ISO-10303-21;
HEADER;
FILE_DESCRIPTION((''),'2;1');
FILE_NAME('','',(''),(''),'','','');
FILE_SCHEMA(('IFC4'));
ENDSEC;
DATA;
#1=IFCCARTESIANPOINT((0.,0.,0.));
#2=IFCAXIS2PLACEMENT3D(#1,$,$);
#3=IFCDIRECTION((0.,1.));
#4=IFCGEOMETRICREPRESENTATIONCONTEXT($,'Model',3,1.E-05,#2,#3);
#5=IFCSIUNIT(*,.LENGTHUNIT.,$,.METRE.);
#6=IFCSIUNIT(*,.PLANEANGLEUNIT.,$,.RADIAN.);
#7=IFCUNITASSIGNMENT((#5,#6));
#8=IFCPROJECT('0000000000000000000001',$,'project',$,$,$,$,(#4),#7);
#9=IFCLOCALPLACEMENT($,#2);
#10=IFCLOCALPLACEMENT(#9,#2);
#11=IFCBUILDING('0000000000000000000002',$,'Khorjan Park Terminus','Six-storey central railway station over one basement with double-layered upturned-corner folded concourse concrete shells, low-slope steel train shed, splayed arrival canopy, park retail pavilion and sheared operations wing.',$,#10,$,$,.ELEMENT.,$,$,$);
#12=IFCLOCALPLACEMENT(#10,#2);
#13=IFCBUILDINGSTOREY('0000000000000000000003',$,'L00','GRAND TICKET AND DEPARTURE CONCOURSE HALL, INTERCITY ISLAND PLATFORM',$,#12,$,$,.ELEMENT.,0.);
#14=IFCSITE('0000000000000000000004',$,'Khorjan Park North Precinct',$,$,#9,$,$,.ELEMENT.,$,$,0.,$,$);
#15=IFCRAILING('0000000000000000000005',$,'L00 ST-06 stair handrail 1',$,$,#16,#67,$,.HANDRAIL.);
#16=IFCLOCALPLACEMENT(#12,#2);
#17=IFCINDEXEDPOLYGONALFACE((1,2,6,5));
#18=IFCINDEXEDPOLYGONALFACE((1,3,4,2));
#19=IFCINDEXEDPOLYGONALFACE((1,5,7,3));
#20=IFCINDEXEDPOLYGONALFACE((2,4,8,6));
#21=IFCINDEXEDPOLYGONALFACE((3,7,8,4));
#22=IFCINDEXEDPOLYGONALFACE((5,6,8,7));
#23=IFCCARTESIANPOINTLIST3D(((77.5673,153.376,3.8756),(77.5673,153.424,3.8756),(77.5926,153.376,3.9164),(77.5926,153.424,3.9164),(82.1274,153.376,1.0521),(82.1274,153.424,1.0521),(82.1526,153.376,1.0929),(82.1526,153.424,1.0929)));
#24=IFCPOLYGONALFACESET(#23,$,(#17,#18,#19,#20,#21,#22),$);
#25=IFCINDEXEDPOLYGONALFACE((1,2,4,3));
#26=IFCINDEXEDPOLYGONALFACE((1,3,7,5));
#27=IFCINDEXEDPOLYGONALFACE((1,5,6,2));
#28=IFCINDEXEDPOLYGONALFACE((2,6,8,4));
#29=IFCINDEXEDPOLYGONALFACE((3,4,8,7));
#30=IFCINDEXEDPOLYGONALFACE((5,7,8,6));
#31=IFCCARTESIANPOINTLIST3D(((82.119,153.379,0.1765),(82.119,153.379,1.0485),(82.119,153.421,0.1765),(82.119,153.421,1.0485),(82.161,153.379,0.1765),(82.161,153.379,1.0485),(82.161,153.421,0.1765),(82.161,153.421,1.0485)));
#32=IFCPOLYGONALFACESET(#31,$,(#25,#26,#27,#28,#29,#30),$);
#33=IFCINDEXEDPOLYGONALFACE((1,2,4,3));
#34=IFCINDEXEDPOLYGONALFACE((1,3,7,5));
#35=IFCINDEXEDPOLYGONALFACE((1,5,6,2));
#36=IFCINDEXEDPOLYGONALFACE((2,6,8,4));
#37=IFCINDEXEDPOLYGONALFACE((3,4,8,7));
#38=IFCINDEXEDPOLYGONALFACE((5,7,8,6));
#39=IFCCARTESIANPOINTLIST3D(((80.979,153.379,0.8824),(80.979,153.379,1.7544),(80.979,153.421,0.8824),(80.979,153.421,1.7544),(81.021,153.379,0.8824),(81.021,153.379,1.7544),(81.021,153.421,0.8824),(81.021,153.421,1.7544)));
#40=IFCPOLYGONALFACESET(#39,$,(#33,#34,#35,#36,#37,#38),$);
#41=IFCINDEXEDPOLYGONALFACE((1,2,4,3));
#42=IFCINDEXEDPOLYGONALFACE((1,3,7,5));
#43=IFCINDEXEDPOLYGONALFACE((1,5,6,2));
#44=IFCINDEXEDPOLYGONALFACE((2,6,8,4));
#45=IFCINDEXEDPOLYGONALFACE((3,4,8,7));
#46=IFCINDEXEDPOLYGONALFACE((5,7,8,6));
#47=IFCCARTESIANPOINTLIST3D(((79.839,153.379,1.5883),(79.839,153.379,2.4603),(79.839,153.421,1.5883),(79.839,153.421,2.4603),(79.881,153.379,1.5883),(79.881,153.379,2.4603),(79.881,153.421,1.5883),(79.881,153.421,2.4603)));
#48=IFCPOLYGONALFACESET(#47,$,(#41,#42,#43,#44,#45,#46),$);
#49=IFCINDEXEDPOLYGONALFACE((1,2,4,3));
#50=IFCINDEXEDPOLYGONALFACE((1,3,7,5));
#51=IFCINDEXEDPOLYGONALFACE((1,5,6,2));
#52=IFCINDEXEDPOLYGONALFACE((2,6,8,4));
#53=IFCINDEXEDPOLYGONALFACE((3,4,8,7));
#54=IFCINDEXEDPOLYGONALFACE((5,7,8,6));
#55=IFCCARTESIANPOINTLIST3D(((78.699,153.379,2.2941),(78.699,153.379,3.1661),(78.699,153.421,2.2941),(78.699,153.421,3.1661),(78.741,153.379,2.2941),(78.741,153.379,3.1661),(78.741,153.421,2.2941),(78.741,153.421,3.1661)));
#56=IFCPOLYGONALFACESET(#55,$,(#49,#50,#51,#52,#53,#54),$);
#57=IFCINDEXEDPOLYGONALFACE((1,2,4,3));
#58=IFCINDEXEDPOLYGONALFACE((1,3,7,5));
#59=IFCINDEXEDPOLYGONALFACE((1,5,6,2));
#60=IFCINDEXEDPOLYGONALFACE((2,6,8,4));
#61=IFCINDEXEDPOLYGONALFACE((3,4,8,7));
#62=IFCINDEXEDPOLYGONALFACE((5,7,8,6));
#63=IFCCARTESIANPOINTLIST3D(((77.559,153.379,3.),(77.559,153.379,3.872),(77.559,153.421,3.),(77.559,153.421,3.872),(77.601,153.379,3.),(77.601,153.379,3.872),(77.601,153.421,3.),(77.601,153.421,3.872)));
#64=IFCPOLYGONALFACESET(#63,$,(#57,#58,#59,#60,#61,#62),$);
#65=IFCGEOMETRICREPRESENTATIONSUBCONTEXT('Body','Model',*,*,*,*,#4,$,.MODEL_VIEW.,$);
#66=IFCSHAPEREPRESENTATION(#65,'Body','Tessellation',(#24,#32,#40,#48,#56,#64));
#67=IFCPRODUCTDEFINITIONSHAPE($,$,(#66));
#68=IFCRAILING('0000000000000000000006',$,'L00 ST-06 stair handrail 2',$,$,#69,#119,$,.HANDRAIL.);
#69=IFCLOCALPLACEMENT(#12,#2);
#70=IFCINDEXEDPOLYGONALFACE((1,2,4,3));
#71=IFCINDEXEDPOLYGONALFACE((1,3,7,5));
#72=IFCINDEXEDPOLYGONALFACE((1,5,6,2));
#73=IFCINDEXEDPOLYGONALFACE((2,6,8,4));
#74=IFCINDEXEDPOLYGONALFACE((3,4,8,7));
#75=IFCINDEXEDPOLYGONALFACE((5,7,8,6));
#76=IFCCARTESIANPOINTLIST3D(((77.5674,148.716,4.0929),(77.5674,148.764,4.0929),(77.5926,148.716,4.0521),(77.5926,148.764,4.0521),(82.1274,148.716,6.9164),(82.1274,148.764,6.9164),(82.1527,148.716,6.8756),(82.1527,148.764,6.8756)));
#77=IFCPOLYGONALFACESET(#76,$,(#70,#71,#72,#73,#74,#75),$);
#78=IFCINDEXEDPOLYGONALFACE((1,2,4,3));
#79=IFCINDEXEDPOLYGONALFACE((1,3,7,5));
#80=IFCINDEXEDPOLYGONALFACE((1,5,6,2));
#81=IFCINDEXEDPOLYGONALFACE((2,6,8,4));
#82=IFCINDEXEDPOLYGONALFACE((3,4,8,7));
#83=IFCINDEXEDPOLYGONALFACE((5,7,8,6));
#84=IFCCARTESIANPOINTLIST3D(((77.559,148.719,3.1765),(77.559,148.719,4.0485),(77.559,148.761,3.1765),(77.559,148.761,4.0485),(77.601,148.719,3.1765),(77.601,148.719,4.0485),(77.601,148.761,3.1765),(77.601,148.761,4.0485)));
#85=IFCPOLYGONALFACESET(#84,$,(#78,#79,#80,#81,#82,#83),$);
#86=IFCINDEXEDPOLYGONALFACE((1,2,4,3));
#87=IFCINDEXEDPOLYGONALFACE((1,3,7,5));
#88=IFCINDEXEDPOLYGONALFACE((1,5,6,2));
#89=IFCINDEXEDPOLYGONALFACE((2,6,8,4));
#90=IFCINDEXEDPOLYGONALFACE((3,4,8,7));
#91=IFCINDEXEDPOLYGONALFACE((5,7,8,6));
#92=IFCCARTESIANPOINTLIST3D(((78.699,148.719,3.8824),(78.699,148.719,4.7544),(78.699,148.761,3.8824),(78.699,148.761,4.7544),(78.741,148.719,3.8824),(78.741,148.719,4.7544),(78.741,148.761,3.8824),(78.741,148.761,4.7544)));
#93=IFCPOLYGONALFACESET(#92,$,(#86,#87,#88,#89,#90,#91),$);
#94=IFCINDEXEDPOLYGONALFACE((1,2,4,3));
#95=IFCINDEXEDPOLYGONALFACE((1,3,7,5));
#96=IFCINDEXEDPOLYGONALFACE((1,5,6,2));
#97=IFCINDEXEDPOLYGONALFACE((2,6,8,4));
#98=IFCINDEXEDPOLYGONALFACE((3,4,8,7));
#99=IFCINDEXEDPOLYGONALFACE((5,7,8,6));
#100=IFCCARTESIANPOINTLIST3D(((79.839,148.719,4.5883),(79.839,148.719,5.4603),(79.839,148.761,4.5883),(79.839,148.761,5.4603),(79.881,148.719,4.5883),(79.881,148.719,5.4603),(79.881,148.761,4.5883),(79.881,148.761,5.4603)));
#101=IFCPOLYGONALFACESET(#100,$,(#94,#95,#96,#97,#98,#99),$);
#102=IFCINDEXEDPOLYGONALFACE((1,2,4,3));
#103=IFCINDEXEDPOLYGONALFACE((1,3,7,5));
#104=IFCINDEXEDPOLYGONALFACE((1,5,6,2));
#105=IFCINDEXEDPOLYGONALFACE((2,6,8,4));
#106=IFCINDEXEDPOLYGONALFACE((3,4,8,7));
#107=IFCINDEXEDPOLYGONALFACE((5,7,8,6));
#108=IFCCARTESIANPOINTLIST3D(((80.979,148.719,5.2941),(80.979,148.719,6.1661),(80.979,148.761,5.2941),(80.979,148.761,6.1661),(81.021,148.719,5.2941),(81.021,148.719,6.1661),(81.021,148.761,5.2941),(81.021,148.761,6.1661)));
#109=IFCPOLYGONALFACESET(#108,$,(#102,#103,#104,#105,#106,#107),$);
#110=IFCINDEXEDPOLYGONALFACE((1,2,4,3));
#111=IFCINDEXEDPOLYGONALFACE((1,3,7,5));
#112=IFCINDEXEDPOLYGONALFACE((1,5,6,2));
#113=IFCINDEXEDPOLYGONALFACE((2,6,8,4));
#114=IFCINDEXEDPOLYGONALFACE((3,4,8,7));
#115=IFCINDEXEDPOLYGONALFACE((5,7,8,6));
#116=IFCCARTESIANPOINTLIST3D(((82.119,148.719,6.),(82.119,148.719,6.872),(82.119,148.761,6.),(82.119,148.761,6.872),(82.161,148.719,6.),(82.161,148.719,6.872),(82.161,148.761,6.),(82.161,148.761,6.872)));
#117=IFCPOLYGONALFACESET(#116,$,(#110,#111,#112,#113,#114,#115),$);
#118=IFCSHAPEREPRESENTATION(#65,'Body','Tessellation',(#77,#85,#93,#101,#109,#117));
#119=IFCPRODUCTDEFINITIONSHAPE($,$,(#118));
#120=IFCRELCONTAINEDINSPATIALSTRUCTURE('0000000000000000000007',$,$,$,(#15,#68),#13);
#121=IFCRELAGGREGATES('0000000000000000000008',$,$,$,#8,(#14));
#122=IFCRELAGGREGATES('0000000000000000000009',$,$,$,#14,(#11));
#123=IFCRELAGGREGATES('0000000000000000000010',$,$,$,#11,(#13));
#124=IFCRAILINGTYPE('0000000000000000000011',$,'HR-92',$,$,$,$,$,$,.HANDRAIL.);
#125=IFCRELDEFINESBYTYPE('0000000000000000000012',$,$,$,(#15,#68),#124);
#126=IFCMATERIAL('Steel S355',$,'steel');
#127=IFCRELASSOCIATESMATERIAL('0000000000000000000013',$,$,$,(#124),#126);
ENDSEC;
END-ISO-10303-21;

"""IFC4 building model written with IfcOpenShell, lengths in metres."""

from ifc_helpers import new_model, si_unit, direction, frame, origin, origin_2d, place, context, subcontext, project, spatial, rectangle, extrude, material, type_object, element, save


model = new_model("IFC4")

# Units and contexts
model_context = context("Model", 3, precision=1e-05, world=origin(), true_north=direction((0.0, 1.0)))
body_context = subcontext(model_context, "Body", "Model", "MODEL_VIEW")
ifc_project = project(units=[si_unit("LENGTHUNIT", "METRE"), si_unit("PLANEANGLEUNIT", "RADIAN")], contexts=[model_context])

# Site, building, storey
site_placement = place(None, origin())
site = spatial("IfcSite", under=ifc_project, at=site_placement, Name="Khorjan Park North Precinct", CompositionType="ELEMENT", RefElevation=0.0)
building_placement = place(site_placement, origin())
building = spatial("IfcBuilding", under=site, at=building_placement, Name="Khorjan Park Terminus", Description="Six-storey central railway station over one basement with double-layered upturned-corner folded concourse concrete shells, low-slope steel train shed, splayed arrival canopy, park retail pavilion and sheared operations wing.", CompositionType="ELEMENT")
storey_placement = place(building_placement, origin())
storey = spatial("IfcBuildingStorey", under=building, at=storey_placement, Name="L00", Description="GRAND TICKET AND DEPARTURE CONCOURSE HALL, INTERCITY ISLAND PLATFORM", CompositionType="ELEMENT", Elevation=0.0)

# Shared definitions
ifc_material_1 = material(Name="Steel S355", Category="steel")

# Railings
railing_type_1 = type_object("IfcRailingType", Name="HR-92", PredefinedType="HANDRAIL", material=ifc_material_1)
railing_1_placement = place(storey_placement, frame((82.14, 153.4, 0.1765)))
element("IfcRailing", 1, at=railing_1_placement, inside=storey, type_object=railing_type_1, Name="L00 ST-06 stair handrail 1", PredefinedType="HANDRAIL", context=body_context, shape_type="SweptSolid", body=[
    extrude(rectangle(XDim=0.048, YDim=0.048, at=origin_2d()), frame((0.0, 0.0, 0.896), z_axis=(-0.850211, 0.0, 0.526441), x_axis=(0.0, -1.0, 0.0)), (0.0, 0.0, 1.0), 5.3634),
    extrude(rectangle(XDim=0.042, YDim=0.042, at=origin_2d()), origin(), (0.0, 0.0, 1.0), 0.872),
    extrude(rectangle(XDim=0.042, YDim=0.042, at=origin_2d()), frame((-1.14, 0.0, 0.7059)), (0.0, 0.0, 1.0), 0.872),
    extrude(rectangle(XDim=0.042, YDim=0.042, at=origin_2d()), frame((-2.28, 0.0, 1.4118)), (0.0, 0.0, 1.0), 0.872),
    extrude(rectangle(XDim=0.042, YDim=0.042, at=origin_2d()), frame((-3.42, 0.0, 2.1176)), (0.0, 0.0, 1.0), 0.872),
    extrude(rectangle(XDim=0.042, YDim=0.042, at=origin_2d()), frame((-4.56, 0.0, 2.8235)), (0.0, 0.0, 1.0), 0.872),
])
railing_2_placement = place(storey_placement, frame((77.58, 148.74, 3.1765)))
element("IfcRailing", 2, at=railing_2_placement, inside=storey, type_object=railing_type_1, Name="L00 ST-06 stair handrail 2", PredefinedType="HANDRAIL", context=body_context, shape_type="SweptSolid", body=[
    extrude(rectangle(XDim=0.048, YDim=0.048, at=origin_2d()), frame((0.0, 0.0, 0.896), z_axis=(0.850211, 0.0, 0.526441), x_axis=(0.0, 1.0, 0.0)), (0.0, 0.0, 1.0), 5.3634),
    extrude(rectangle(XDim=0.042, YDim=0.042, at=origin_2d()), origin(), (0.0, 0.0, 1.0), 0.872),
    extrude(rectangle(XDim=0.042, YDim=0.042, at=origin_2d()), frame((1.14, 0.0, 0.7059)), (0.0, 0.0, 1.0), 0.872),
    extrude(rectangle(XDim=0.042, YDim=0.042, at=origin_2d()), frame((2.28, 0.0, 1.4118)), (0.0, 0.0, 1.0), 0.872),
    extrude(rectangle(XDim=0.042, YDim=0.042, at=origin_2d()), frame((3.42, 0.0, 2.1176)), (0.0, 0.0, 1.0), 0.872),
    extrude(rectangle(XDim=0.042, YDim=0.042, at=origin_2d()), frame((4.56, 0.0, 2.8235)), (0.0, 0.0, 1.0), 0.872),
])

save(model, "model.ifc")
